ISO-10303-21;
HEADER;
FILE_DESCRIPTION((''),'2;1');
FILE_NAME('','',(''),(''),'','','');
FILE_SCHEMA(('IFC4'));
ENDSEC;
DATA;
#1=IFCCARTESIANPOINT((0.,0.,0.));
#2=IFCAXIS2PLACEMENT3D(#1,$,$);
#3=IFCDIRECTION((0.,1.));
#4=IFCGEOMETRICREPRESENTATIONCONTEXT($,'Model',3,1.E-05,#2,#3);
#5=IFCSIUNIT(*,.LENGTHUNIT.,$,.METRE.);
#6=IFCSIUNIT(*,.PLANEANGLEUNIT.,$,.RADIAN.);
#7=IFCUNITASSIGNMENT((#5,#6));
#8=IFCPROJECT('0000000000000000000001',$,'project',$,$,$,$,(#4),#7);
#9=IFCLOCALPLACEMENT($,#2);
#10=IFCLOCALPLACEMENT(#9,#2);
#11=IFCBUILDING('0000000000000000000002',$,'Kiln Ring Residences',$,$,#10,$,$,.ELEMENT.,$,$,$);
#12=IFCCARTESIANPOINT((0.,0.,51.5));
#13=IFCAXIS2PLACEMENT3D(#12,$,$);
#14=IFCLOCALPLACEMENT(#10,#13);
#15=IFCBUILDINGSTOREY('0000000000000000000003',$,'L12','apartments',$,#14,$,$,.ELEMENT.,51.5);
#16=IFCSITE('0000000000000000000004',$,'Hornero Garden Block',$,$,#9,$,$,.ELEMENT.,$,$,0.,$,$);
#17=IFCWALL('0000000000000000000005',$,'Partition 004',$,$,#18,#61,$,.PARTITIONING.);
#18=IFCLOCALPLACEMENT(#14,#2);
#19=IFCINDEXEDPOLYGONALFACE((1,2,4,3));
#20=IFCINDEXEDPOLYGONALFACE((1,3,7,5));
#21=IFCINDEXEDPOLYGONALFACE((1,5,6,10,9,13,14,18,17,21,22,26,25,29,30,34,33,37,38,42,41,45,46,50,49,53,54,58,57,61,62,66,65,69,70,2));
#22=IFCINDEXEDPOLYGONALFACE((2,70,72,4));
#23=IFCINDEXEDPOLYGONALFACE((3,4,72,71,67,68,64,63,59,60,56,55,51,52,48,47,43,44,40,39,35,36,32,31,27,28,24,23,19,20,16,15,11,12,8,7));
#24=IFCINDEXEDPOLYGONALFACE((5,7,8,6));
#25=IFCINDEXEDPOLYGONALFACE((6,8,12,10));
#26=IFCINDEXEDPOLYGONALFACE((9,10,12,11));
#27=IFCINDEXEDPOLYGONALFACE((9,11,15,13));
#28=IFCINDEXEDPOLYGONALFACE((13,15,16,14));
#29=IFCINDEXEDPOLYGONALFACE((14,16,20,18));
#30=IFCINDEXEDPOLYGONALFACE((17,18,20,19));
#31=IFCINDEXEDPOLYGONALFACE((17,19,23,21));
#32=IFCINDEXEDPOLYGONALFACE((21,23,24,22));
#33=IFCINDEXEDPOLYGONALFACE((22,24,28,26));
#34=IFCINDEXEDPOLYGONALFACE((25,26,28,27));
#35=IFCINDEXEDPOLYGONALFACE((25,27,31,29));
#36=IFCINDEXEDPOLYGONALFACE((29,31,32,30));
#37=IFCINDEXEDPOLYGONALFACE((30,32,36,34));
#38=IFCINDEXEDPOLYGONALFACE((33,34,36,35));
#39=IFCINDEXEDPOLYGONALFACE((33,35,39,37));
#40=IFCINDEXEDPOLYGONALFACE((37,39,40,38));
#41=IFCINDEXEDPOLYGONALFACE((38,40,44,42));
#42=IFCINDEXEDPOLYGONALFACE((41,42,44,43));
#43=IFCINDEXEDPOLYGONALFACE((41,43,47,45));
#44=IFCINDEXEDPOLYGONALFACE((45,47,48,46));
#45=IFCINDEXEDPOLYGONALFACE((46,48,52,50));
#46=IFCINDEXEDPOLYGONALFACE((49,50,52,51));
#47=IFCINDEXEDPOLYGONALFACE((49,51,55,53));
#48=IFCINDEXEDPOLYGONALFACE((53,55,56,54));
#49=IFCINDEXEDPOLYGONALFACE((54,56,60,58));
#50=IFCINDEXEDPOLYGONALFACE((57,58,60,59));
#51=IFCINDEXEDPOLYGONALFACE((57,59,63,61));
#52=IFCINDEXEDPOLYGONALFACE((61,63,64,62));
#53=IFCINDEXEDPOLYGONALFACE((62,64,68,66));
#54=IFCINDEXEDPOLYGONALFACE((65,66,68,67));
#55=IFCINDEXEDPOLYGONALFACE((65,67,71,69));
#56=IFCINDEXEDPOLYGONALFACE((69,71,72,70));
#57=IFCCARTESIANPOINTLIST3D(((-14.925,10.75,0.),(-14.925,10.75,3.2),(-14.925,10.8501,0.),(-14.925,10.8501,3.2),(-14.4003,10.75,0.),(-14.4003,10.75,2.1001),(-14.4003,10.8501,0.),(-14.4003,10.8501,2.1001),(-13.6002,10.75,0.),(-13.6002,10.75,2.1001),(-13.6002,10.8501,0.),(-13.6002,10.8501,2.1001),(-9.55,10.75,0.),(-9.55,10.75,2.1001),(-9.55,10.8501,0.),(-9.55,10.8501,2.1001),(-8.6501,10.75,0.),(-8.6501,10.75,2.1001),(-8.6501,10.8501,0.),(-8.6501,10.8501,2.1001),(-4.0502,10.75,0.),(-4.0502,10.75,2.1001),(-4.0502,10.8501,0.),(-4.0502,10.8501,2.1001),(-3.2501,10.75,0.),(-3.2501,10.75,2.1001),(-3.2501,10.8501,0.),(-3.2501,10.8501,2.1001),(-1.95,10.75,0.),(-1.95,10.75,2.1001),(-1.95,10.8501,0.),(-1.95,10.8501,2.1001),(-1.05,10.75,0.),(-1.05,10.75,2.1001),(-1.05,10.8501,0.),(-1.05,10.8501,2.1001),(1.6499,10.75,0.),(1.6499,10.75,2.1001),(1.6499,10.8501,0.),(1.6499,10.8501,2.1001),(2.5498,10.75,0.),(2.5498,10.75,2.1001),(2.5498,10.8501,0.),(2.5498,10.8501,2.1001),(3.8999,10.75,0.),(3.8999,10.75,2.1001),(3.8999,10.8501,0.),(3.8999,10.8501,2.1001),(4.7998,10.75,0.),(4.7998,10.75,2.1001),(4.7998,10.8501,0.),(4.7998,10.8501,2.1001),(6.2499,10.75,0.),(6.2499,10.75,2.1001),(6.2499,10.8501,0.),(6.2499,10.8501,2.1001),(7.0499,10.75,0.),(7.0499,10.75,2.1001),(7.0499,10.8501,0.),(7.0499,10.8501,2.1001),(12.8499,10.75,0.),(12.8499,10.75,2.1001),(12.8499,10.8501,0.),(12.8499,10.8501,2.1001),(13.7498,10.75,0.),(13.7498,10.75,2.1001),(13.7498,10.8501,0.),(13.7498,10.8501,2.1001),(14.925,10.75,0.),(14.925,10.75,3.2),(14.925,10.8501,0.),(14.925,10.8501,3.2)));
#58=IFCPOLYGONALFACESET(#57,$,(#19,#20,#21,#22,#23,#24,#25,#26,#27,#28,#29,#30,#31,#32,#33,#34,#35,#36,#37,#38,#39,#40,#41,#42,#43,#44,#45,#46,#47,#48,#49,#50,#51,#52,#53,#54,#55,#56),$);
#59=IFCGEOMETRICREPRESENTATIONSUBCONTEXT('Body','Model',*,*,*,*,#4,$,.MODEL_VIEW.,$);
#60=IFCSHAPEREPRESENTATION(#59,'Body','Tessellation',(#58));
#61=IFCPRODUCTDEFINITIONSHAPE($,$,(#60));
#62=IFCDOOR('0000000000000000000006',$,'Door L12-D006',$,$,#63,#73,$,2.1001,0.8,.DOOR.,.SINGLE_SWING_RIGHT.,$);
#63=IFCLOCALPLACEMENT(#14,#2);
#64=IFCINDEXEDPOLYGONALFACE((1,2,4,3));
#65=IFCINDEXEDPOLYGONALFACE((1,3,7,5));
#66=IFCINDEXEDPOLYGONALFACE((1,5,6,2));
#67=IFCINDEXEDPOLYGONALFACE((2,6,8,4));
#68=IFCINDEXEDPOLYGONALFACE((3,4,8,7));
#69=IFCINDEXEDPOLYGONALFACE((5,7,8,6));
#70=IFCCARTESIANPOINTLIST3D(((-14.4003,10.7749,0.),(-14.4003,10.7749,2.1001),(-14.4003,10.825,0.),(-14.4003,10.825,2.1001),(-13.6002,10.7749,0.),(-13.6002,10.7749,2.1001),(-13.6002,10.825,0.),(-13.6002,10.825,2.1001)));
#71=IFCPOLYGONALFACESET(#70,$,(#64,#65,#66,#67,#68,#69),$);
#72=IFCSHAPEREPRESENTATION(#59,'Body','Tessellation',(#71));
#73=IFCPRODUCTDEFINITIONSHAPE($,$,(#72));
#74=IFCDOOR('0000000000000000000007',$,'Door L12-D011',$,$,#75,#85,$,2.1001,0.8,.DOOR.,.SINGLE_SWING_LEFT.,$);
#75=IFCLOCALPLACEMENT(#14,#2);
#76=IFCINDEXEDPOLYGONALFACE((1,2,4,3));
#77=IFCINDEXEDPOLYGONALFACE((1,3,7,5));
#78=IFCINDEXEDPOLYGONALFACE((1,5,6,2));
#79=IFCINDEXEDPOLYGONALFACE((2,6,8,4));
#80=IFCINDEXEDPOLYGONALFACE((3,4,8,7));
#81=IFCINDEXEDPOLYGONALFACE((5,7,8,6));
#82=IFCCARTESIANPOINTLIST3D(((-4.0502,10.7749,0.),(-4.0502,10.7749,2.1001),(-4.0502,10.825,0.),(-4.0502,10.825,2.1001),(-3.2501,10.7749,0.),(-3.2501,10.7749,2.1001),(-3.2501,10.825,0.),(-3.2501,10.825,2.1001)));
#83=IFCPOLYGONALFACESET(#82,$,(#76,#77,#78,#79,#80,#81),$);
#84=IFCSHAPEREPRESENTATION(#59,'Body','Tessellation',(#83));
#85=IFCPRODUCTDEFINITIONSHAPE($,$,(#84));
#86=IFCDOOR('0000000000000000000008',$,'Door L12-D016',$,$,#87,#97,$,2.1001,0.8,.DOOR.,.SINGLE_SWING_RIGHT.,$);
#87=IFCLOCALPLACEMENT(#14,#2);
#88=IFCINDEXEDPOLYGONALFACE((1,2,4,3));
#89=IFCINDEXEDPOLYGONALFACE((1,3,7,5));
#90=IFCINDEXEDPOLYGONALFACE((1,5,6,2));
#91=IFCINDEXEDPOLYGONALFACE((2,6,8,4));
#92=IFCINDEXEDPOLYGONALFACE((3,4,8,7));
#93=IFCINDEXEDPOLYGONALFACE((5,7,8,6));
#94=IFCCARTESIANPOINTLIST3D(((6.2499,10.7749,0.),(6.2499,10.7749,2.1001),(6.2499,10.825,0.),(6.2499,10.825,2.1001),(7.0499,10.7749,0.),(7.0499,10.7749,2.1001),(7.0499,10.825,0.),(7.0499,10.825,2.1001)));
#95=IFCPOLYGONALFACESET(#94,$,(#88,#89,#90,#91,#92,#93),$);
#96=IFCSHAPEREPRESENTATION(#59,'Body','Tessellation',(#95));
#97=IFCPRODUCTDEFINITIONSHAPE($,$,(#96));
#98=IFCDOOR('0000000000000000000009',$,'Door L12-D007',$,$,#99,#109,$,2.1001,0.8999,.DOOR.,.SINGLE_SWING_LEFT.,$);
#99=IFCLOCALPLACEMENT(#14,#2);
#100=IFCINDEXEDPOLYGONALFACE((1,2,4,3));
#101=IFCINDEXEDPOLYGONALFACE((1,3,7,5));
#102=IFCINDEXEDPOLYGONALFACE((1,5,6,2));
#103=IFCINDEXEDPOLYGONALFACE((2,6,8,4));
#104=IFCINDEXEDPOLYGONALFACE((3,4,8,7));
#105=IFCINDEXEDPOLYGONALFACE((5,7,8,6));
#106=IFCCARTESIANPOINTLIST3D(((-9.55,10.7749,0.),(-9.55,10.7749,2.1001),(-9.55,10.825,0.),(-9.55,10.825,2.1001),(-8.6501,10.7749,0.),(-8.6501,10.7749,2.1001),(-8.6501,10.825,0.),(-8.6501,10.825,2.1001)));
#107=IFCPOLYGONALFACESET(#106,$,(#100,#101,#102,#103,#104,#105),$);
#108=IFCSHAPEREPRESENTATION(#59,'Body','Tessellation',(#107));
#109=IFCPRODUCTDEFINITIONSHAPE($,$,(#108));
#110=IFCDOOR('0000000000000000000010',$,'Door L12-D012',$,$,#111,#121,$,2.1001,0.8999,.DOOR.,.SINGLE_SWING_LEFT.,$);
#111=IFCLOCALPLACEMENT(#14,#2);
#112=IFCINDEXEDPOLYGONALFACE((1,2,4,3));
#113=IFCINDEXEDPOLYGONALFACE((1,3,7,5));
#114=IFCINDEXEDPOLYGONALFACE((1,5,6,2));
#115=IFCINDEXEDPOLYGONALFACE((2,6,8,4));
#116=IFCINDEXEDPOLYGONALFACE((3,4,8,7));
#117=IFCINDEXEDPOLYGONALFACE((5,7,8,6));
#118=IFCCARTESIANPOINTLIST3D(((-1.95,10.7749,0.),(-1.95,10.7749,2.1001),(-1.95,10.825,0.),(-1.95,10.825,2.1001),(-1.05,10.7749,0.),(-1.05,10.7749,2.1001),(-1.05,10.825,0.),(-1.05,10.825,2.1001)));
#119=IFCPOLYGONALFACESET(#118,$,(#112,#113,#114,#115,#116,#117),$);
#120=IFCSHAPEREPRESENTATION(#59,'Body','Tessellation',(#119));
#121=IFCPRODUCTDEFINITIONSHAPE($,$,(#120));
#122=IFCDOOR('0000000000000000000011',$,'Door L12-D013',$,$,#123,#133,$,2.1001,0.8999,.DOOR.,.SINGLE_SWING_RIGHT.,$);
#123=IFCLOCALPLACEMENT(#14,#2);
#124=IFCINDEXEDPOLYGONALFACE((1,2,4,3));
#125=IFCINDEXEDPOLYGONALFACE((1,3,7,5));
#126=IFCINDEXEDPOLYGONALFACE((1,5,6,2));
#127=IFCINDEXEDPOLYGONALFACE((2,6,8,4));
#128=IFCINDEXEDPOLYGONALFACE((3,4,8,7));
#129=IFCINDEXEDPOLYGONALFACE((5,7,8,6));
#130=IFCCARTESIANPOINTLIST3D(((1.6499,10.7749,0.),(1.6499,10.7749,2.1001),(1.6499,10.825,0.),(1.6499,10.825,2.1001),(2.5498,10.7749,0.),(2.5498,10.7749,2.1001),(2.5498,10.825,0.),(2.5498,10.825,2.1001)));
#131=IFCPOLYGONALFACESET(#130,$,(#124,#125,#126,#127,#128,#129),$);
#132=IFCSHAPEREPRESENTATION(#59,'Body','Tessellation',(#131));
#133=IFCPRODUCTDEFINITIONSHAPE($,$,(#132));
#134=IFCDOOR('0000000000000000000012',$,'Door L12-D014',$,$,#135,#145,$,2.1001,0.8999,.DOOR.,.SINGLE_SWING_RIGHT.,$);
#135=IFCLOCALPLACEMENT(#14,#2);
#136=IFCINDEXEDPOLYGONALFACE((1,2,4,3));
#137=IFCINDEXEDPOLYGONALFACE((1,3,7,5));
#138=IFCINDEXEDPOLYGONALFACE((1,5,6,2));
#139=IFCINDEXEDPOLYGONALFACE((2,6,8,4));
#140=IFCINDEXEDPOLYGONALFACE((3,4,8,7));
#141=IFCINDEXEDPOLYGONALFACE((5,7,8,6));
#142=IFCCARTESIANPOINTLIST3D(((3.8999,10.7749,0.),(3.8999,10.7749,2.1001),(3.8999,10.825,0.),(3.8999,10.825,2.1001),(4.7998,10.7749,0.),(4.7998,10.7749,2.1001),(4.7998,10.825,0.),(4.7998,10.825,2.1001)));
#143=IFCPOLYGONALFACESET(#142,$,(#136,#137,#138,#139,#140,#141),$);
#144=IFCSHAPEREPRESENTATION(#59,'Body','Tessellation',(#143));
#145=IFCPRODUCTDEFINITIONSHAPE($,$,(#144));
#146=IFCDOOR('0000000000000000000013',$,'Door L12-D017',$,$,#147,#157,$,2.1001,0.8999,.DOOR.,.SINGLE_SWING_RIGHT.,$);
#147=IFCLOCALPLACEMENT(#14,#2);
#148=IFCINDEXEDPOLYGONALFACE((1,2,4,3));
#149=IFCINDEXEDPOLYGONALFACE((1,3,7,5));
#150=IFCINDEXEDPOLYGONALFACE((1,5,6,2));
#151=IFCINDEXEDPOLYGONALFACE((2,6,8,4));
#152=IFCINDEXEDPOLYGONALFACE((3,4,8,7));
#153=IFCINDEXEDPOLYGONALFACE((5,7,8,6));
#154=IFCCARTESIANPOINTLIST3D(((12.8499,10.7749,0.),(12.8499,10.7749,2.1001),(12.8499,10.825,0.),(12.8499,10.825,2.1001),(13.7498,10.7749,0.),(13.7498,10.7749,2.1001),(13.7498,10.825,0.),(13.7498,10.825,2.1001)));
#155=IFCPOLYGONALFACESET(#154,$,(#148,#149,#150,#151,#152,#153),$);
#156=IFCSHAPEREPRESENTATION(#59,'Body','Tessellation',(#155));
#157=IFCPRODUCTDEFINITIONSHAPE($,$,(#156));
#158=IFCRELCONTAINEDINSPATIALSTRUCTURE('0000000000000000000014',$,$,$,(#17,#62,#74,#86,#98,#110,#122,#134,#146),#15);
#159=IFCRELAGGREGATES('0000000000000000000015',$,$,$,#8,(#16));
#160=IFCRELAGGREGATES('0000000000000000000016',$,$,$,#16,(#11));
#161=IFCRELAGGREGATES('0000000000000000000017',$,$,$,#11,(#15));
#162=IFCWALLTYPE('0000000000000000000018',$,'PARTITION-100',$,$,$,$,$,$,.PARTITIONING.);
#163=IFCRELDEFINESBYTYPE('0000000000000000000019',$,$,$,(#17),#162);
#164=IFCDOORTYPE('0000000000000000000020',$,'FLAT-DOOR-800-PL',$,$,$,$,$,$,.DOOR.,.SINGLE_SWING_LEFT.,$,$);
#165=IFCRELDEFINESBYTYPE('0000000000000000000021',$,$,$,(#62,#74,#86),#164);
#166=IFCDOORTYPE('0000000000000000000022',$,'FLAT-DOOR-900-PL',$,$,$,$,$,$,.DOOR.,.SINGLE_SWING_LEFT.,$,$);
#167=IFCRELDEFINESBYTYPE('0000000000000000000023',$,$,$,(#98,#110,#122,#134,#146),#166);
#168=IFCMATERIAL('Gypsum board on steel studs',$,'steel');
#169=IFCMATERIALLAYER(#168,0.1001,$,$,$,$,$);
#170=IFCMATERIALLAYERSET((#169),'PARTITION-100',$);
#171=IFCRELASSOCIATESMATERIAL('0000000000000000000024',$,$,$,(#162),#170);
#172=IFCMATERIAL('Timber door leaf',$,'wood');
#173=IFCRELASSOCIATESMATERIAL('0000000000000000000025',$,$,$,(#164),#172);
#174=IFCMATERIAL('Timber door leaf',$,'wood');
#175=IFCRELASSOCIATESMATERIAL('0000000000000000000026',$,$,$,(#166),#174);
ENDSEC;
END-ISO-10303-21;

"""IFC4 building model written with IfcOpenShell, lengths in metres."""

from ifc_helpers import new_model, si_unit, direction, frame, frame_2d, origin, place, context, subcontext, project, spatial, rectangle, extrude, material, layer, layer_set, type_object, element, fill, save


model = new_model("IFC4")

# Units and contexts
model_context = context("Model", 3, precision=1e-05, world=origin(), true_north=direction((0.0, 1.0)))
body_context = subcontext(model_context, "Body", "Model", "MODEL_VIEW")
ifc_project = project(units=[si_unit("LENGTHUNIT", "METRE"), si_unit("PLANEANGLEUNIT", "RADIAN")], contexts=[model_context])

# Site, building, storey
site_placement = place(None, origin())
site = spatial("IfcSite", under=ifc_project, at=site_placement, Name="Hornero Garden Block", CompositionType="ELEMENT", RefElevation=0.0)
building_placement = place(site_placement, origin())
building = spatial("IfcBuilding", under=site, at=building_placement, Name="Kiln Ring Residences", CompositionType="ELEMENT")
storey_placement = place(building_placement, frame((0.0, 0.0, 51.5)))
storey = spatial("IfcBuildingStorey", under=building, at=storey_placement, Name="L12", Description="apartments", CompositionType="ELEMENT", Elevation=51.5)

# Wall, openings, doors
ifc_material_1 = material(Name="Gypsum board on steel studs", Category="steel")
ifc_layer_1 = layer(ifc_material_1, 0.1001)
ifc_layer_set_1 = layer_set([ifc_layer_1], Name="PARTITION-100")
wall_type_1 = type_object("IfcWallType", Name="PARTITION-100", PredefinedType="PARTITIONING", material=ifc_layer_set_1)
wall_1_placement = place(storey_placement, frame((-14.925, 10.8, 0.0), z_axis=(0.0, 0.0, 1.0), x_axis=(1.0, 0.0, 0.0)))
wall_1 = element("IfcWall", 1, at=wall_1_placement, inside=storey, type_object=wall_type_1, Name="Partition 004", PredefinedType="PARTITIONING", context=body_context, shape_type="SweptSolid", body=[
    extrude(rectangle(XDim=29.8501, YDim=0.1001, at=frame_2d((14.925, 0.0))), origin(), (0.0, 0.0, 1.0), 3.2),
])
opening_1_placement = place(wall_1_placement, frame((0.5249, 0.0, 0.0)))
opening_1 = element("IfcOpeningElement", 2, at=opening_1_placement, cuts=wall_1, PredefinedType="OPENING", context=body_context, shape_type="SweptSolid", body=[
    extrude(rectangle(XDim=0.8, YDim=2.1001, at=frame_2d((0.3999, 1.05))), frame((0.0, 0.0601, 0.0), z_axis=(0.0, -1.0, 0.0), x_axis=(1.0, 0.0, 0.0)), (0.0, 0.0, 1.0), 0.1201),
])
opening_2_placement = place(wall_1_placement, frame((5.375, 0.0, 0.0)))
opening_2 = element("IfcOpeningElement", 3, at=opening_2_placement, cuts=wall_1, PredefinedType="OPENING", context=body_context, shape_type="SweptSolid", body=[
    extrude(rectangle(XDim=0.8999, YDim=2.1001, at=frame_2d((0.45, 1.05))), frame((0.0, 0.0601, 0.0), z_axis=(0.0, -1.0, 0.0), x_axis=(1.0, 0.0, 0.0)), (0.0, 0.0, 1.0), 0.1201),
])
opening_3_placement = place(wall_1_placement, frame((10.875, 0.0, 0.0)))
opening_3 = element("IfcOpeningElement", 4, at=opening_3_placement, cuts=wall_1, PredefinedType="OPENING", context=body_context, shape_type="SweptSolid", body=[
    extrude(rectangle(XDim=0.8, YDim=2.1001, at=frame_2d((0.3999, 1.05))), frame((0.0, 0.0601, 0.0), z_axis=(0.0, -1.0, 0.0), x_axis=(1.0, 0.0, 0.0)), (0.0, 0.0, 1.0), 0.1201),
])
opening_4_placement = place(wall_1_placement, frame((12.9751, 0.0, 0.0)))
opening_4 = element("IfcOpeningElement", 5, at=opening_4_placement, cuts=wall_1, PredefinedType="OPENING", context=body_context, shape_type="SweptSolid", body=[
    extrude(rectangle(XDim=0.8999, YDim=2.1001, at=frame_2d((0.45, 1.05))), frame((0.0, 0.0601, 0.0), z_axis=(0.0, -1.0, 0.0), x_axis=(1.0, 0.0, 0.0)), (0.0, 0.0, 1.0), 0.1201),
])
opening_5_placement = place(wall_1_placement, frame((16.575, 0.0, 0.0)))
opening_5 = element("IfcOpeningElement", 6, at=opening_5_placement, cuts=wall_1, PredefinedType="OPENING", context=body_context, shape_type="SweptSolid", body=[
    extrude(rectangle(XDim=0.8999, YDim=2.1001, at=frame_2d((0.45, 1.05))), frame((0.0, 0.0601, 0.0), z_axis=(0.0, -1.0, 0.0), x_axis=(1.0, 0.0, 0.0)), (0.0, 0.0, 1.0), 0.1201),
])
opening_6_placement = place(wall_1_placement, frame((18.825, 0.0, 0.0)))
opening_6 = element("IfcOpeningElement", 7, at=opening_6_placement, cuts=wall_1, PredefinedType="OPENING", context=body_context, shape_type="SweptSolid", body=[
    extrude(rectangle(XDim=0.8999, YDim=2.1001, at=frame_2d((0.45, 1.05))), frame((0.0, 0.0601, 0.0), z_axis=(0.0, -1.0, 0.0), x_axis=(1.0, 0.0, 0.0)), (0.0, 0.0, 1.0), 0.1201),
])
opening_7_placement = place(wall_1_placement, frame((21.175, 0.0, 0.0)))
opening_7 = element("IfcOpeningElement", 8, at=opening_7_placement, cuts=wall_1, PredefinedType="OPENING", context=body_context, shape_type="SweptSolid", body=[
    extrude(rectangle(XDim=0.8, YDim=2.1001, at=frame_2d((0.3999, 1.05))), frame((0.0, 0.0601, 0.0), z_axis=(0.0, -1.0, 0.0), x_axis=(1.0, 0.0, 0.0)), (0.0, 0.0, 1.0), 0.1201),
])
opening_8_placement = place(wall_1_placement, frame((27.7749, 0.0, 0.0)))
opening_8 = element("IfcOpeningElement", 9, at=opening_8_placement, cuts=wall_1, PredefinedType="OPENING", context=body_context, shape_type="SweptSolid", body=[
    extrude(rectangle(XDim=0.8999, YDim=2.1001, at=frame_2d((0.45, 1.05))), frame((0.0, 0.0601, 0.0), z_axis=(0.0, -1.0, 0.0), x_axis=(1.0, 0.0, 0.0)), (0.0, 0.0, 1.0), 0.1201),
])
ifc_material_2 = material(Name="Timber door leaf", Category="wood")
door_type_1 = type_object("IfcDoorType", Name="FLAT-DOOR-800-PL", OperationType="SINGLE_SWING_LEFT", PredefinedType="DOOR", material=ifc_material_2)
door_1_placement = place(opening_1_placement, origin())
door_1 = element("IfcDoor", 10, at=door_1_placement, inside=storey, type_object=door_type_1, Name="Door L12-D006", OperationType="SINGLE_SWING_RIGHT", OverallHeight=2.1001, OverallWidth=0.8, PredefinedType="DOOR", context=body_context, shape_type="SweptSolid", body=[
    extrude(rectangle(XDim=0.8, YDim=2.1001, at=frame_2d((0.3999, 1.05))), frame((0.0, 0.0249, 0.0), z_axis=(0.0, -1.0, 0.0), x_axis=(1.0, 0.0, 0.0)), (0.0, 0.0, 1.0), 0.05),
])
fill(opening_1, door_1)
door_2_placement = place(opening_3_placement, origin())
door_2 = element("IfcDoor", 11, at=door_2_placement, inside=storey, type_object=door_type_1, Name="Door L12-D011", OperationType="SINGLE_SWING_LEFT", OverallHeight=2.1001, OverallWidth=0.8, PredefinedType="DOOR", context=body_context, shape_type="SweptSolid", body=[
    extrude(rectangle(XDim=0.8, YDim=2.1001, at=frame_2d((0.3999, 1.05))), frame((0.0, 0.0249, 0.0), z_axis=(0.0, -1.0, 0.0), x_axis=(1.0, 0.0, 0.0)), (0.0, 0.0, 1.0), 0.05),
])
fill(opening_3, door_2)
door_3_placement = place(opening_7_placement, origin())
door_3 = element("IfcDoor", 12, at=door_3_placement, inside=storey, type_object=door_type_1, Name="Door L12-D016", OperationType="SINGLE_SWING_RIGHT", OverallHeight=2.1001, OverallWidth=0.8, PredefinedType="DOOR", context=body_context, shape_type="SweptSolid", body=[
    extrude(rectangle(XDim=0.8, YDim=2.1001, at=frame_2d((0.3999, 1.05))), frame((0.0, 0.0249, 0.0), z_axis=(0.0, -1.0, 0.0), x_axis=(1.0, 0.0, 0.0)), (0.0, 0.0, 1.0), 0.05),
])
fill(opening_7, door_3)
ifc_material_3 = material(Name="Timber door leaf", Category="wood")
door_type_2 = type_object("IfcDoorType", Name="FLAT-DOOR-900-PL", OperationType="SINGLE_SWING_LEFT", PredefinedType="DOOR", material=ifc_material_3)
door_4_placement = place(opening_2_placement, origin())
door_4 = element("IfcDoor", 13, at=door_4_placement, inside=storey, type_object=door_type_2, Name="Door L12-D007", OperationType="SINGLE_SWING_LEFT", OverallHeight=2.1001, OverallWidth=0.8999, PredefinedType="DOOR", context=body_context, shape_type="SweptSolid", body=[
    extrude(rectangle(XDim=0.8999, YDim=2.1001, at=frame_2d((0.45, 1.05))), frame((0.0, 0.0249, 0.0), z_axis=(0.0, -1.0, 0.0), x_axis=(1.0, 0.0, 0.0)), (0.0, 0.0, 1.0), 0.05),
])
fill(opening_2, door_4)
door_5_placement = place(opening_4_placement, origin())
door_5 = element("IfcDoor", 14, at=door_5_placement, inside=storey, type_object=door_type_2, Name="Door L12-D012", OperationType="SINGLE_SWING_LEFT", OverallHeight=2.1001, OverallWidth=0.8999, PredefinedType="DOOR", context=body_context, shape_type="SweptSolid", body=[
    extrude(rectangle(XDim=0.8999, YDim=2.1001, at=frame_2d((0.45, 1.05))), frame((0.0, 0.0249, 0.0), z_axis=(0.0, -1.0, 0.0), x_axis=(1.0, 0.0, 0.0)), (0.0, 0.0, 1.0), 0.05),
])
fill(opening_4, door_5)
door_6_placement = place(opening_5_placement, origin())
door_6 = element("IfcDoor", 15, at=door_6_placement, inside=storey, type_object=door_type_2, Name="Door L12-D013", OperationType="SINGLE_SWING_RIGHT", OverallHeight=2.1001, OverallWidth=0.8999, PredefinedType="DOOR", context=body_context, shape_type="SweptSolid", body=[
    extrude(rectangle(XDim=0.8999, YDim=2.1001, at=frame_2d((0.45, 1.05))), frame((0.0, 0.0249, 0.0), z_axis=(0.0, -1.0, 0.0), x_axis=(1.0, 0.0, 0.0)), (0.0, 0.0, 1.0), 0.05),
])
fill(opening_5, door_6)
door_7_placement = place(opening_6_placement, origin())
door_7 = element("IfcDoor", 16, at=door_7_placement, inside=storey, type_object=door_type_2, Name="Door L12-D014", OperationType="SINGLE_SWING_RIGHT", OverallHeight=2.1001, OverallWidth=0.8999, PredefinedType="DOOR", context=body_context, shape_type="SweptSolid", body=[
    extrude(rectangle(XDim=0.8999, YDim=2.1001, at=frame_2d((0.45, 1.05))), frame((0.0, 0.0249, 0.0), z_axis=(0.0, -1.0, 0.0), x_axis=(1.0, 0.0, 0.0)), (0.0, 0.0, 1.0), 0.05),
])
fill(opening_6, door_7)
door_8_placement = place(opening_8_placement, origin())
door_8 = element("IfcDoor", 17, at=door_8_placement, inside=storey, type_object=door_type_2, Name="Door L12-D017", OperationType="SINGLE_SWING_RIGHT", OverallHeight=2.1001, OverallWidth=0.8999, PredefinedType="DOOR", context=body_context, shape_type="SweptSolid", body=[
    extrude(rectangle(XDim=0.8999, YDim=2.1001, at=frame_2d((0.45, 1.05))), frame((0.0, 0.0249, 0.0), z_axis=(0.0, -1.0, 0.0), x_axis=(1.0, 0.0, 0.0)), (0.0, 0.0, 1.0), 0.05),
])
fill(opening_8, door_8)

save(model, "model.ifc")
